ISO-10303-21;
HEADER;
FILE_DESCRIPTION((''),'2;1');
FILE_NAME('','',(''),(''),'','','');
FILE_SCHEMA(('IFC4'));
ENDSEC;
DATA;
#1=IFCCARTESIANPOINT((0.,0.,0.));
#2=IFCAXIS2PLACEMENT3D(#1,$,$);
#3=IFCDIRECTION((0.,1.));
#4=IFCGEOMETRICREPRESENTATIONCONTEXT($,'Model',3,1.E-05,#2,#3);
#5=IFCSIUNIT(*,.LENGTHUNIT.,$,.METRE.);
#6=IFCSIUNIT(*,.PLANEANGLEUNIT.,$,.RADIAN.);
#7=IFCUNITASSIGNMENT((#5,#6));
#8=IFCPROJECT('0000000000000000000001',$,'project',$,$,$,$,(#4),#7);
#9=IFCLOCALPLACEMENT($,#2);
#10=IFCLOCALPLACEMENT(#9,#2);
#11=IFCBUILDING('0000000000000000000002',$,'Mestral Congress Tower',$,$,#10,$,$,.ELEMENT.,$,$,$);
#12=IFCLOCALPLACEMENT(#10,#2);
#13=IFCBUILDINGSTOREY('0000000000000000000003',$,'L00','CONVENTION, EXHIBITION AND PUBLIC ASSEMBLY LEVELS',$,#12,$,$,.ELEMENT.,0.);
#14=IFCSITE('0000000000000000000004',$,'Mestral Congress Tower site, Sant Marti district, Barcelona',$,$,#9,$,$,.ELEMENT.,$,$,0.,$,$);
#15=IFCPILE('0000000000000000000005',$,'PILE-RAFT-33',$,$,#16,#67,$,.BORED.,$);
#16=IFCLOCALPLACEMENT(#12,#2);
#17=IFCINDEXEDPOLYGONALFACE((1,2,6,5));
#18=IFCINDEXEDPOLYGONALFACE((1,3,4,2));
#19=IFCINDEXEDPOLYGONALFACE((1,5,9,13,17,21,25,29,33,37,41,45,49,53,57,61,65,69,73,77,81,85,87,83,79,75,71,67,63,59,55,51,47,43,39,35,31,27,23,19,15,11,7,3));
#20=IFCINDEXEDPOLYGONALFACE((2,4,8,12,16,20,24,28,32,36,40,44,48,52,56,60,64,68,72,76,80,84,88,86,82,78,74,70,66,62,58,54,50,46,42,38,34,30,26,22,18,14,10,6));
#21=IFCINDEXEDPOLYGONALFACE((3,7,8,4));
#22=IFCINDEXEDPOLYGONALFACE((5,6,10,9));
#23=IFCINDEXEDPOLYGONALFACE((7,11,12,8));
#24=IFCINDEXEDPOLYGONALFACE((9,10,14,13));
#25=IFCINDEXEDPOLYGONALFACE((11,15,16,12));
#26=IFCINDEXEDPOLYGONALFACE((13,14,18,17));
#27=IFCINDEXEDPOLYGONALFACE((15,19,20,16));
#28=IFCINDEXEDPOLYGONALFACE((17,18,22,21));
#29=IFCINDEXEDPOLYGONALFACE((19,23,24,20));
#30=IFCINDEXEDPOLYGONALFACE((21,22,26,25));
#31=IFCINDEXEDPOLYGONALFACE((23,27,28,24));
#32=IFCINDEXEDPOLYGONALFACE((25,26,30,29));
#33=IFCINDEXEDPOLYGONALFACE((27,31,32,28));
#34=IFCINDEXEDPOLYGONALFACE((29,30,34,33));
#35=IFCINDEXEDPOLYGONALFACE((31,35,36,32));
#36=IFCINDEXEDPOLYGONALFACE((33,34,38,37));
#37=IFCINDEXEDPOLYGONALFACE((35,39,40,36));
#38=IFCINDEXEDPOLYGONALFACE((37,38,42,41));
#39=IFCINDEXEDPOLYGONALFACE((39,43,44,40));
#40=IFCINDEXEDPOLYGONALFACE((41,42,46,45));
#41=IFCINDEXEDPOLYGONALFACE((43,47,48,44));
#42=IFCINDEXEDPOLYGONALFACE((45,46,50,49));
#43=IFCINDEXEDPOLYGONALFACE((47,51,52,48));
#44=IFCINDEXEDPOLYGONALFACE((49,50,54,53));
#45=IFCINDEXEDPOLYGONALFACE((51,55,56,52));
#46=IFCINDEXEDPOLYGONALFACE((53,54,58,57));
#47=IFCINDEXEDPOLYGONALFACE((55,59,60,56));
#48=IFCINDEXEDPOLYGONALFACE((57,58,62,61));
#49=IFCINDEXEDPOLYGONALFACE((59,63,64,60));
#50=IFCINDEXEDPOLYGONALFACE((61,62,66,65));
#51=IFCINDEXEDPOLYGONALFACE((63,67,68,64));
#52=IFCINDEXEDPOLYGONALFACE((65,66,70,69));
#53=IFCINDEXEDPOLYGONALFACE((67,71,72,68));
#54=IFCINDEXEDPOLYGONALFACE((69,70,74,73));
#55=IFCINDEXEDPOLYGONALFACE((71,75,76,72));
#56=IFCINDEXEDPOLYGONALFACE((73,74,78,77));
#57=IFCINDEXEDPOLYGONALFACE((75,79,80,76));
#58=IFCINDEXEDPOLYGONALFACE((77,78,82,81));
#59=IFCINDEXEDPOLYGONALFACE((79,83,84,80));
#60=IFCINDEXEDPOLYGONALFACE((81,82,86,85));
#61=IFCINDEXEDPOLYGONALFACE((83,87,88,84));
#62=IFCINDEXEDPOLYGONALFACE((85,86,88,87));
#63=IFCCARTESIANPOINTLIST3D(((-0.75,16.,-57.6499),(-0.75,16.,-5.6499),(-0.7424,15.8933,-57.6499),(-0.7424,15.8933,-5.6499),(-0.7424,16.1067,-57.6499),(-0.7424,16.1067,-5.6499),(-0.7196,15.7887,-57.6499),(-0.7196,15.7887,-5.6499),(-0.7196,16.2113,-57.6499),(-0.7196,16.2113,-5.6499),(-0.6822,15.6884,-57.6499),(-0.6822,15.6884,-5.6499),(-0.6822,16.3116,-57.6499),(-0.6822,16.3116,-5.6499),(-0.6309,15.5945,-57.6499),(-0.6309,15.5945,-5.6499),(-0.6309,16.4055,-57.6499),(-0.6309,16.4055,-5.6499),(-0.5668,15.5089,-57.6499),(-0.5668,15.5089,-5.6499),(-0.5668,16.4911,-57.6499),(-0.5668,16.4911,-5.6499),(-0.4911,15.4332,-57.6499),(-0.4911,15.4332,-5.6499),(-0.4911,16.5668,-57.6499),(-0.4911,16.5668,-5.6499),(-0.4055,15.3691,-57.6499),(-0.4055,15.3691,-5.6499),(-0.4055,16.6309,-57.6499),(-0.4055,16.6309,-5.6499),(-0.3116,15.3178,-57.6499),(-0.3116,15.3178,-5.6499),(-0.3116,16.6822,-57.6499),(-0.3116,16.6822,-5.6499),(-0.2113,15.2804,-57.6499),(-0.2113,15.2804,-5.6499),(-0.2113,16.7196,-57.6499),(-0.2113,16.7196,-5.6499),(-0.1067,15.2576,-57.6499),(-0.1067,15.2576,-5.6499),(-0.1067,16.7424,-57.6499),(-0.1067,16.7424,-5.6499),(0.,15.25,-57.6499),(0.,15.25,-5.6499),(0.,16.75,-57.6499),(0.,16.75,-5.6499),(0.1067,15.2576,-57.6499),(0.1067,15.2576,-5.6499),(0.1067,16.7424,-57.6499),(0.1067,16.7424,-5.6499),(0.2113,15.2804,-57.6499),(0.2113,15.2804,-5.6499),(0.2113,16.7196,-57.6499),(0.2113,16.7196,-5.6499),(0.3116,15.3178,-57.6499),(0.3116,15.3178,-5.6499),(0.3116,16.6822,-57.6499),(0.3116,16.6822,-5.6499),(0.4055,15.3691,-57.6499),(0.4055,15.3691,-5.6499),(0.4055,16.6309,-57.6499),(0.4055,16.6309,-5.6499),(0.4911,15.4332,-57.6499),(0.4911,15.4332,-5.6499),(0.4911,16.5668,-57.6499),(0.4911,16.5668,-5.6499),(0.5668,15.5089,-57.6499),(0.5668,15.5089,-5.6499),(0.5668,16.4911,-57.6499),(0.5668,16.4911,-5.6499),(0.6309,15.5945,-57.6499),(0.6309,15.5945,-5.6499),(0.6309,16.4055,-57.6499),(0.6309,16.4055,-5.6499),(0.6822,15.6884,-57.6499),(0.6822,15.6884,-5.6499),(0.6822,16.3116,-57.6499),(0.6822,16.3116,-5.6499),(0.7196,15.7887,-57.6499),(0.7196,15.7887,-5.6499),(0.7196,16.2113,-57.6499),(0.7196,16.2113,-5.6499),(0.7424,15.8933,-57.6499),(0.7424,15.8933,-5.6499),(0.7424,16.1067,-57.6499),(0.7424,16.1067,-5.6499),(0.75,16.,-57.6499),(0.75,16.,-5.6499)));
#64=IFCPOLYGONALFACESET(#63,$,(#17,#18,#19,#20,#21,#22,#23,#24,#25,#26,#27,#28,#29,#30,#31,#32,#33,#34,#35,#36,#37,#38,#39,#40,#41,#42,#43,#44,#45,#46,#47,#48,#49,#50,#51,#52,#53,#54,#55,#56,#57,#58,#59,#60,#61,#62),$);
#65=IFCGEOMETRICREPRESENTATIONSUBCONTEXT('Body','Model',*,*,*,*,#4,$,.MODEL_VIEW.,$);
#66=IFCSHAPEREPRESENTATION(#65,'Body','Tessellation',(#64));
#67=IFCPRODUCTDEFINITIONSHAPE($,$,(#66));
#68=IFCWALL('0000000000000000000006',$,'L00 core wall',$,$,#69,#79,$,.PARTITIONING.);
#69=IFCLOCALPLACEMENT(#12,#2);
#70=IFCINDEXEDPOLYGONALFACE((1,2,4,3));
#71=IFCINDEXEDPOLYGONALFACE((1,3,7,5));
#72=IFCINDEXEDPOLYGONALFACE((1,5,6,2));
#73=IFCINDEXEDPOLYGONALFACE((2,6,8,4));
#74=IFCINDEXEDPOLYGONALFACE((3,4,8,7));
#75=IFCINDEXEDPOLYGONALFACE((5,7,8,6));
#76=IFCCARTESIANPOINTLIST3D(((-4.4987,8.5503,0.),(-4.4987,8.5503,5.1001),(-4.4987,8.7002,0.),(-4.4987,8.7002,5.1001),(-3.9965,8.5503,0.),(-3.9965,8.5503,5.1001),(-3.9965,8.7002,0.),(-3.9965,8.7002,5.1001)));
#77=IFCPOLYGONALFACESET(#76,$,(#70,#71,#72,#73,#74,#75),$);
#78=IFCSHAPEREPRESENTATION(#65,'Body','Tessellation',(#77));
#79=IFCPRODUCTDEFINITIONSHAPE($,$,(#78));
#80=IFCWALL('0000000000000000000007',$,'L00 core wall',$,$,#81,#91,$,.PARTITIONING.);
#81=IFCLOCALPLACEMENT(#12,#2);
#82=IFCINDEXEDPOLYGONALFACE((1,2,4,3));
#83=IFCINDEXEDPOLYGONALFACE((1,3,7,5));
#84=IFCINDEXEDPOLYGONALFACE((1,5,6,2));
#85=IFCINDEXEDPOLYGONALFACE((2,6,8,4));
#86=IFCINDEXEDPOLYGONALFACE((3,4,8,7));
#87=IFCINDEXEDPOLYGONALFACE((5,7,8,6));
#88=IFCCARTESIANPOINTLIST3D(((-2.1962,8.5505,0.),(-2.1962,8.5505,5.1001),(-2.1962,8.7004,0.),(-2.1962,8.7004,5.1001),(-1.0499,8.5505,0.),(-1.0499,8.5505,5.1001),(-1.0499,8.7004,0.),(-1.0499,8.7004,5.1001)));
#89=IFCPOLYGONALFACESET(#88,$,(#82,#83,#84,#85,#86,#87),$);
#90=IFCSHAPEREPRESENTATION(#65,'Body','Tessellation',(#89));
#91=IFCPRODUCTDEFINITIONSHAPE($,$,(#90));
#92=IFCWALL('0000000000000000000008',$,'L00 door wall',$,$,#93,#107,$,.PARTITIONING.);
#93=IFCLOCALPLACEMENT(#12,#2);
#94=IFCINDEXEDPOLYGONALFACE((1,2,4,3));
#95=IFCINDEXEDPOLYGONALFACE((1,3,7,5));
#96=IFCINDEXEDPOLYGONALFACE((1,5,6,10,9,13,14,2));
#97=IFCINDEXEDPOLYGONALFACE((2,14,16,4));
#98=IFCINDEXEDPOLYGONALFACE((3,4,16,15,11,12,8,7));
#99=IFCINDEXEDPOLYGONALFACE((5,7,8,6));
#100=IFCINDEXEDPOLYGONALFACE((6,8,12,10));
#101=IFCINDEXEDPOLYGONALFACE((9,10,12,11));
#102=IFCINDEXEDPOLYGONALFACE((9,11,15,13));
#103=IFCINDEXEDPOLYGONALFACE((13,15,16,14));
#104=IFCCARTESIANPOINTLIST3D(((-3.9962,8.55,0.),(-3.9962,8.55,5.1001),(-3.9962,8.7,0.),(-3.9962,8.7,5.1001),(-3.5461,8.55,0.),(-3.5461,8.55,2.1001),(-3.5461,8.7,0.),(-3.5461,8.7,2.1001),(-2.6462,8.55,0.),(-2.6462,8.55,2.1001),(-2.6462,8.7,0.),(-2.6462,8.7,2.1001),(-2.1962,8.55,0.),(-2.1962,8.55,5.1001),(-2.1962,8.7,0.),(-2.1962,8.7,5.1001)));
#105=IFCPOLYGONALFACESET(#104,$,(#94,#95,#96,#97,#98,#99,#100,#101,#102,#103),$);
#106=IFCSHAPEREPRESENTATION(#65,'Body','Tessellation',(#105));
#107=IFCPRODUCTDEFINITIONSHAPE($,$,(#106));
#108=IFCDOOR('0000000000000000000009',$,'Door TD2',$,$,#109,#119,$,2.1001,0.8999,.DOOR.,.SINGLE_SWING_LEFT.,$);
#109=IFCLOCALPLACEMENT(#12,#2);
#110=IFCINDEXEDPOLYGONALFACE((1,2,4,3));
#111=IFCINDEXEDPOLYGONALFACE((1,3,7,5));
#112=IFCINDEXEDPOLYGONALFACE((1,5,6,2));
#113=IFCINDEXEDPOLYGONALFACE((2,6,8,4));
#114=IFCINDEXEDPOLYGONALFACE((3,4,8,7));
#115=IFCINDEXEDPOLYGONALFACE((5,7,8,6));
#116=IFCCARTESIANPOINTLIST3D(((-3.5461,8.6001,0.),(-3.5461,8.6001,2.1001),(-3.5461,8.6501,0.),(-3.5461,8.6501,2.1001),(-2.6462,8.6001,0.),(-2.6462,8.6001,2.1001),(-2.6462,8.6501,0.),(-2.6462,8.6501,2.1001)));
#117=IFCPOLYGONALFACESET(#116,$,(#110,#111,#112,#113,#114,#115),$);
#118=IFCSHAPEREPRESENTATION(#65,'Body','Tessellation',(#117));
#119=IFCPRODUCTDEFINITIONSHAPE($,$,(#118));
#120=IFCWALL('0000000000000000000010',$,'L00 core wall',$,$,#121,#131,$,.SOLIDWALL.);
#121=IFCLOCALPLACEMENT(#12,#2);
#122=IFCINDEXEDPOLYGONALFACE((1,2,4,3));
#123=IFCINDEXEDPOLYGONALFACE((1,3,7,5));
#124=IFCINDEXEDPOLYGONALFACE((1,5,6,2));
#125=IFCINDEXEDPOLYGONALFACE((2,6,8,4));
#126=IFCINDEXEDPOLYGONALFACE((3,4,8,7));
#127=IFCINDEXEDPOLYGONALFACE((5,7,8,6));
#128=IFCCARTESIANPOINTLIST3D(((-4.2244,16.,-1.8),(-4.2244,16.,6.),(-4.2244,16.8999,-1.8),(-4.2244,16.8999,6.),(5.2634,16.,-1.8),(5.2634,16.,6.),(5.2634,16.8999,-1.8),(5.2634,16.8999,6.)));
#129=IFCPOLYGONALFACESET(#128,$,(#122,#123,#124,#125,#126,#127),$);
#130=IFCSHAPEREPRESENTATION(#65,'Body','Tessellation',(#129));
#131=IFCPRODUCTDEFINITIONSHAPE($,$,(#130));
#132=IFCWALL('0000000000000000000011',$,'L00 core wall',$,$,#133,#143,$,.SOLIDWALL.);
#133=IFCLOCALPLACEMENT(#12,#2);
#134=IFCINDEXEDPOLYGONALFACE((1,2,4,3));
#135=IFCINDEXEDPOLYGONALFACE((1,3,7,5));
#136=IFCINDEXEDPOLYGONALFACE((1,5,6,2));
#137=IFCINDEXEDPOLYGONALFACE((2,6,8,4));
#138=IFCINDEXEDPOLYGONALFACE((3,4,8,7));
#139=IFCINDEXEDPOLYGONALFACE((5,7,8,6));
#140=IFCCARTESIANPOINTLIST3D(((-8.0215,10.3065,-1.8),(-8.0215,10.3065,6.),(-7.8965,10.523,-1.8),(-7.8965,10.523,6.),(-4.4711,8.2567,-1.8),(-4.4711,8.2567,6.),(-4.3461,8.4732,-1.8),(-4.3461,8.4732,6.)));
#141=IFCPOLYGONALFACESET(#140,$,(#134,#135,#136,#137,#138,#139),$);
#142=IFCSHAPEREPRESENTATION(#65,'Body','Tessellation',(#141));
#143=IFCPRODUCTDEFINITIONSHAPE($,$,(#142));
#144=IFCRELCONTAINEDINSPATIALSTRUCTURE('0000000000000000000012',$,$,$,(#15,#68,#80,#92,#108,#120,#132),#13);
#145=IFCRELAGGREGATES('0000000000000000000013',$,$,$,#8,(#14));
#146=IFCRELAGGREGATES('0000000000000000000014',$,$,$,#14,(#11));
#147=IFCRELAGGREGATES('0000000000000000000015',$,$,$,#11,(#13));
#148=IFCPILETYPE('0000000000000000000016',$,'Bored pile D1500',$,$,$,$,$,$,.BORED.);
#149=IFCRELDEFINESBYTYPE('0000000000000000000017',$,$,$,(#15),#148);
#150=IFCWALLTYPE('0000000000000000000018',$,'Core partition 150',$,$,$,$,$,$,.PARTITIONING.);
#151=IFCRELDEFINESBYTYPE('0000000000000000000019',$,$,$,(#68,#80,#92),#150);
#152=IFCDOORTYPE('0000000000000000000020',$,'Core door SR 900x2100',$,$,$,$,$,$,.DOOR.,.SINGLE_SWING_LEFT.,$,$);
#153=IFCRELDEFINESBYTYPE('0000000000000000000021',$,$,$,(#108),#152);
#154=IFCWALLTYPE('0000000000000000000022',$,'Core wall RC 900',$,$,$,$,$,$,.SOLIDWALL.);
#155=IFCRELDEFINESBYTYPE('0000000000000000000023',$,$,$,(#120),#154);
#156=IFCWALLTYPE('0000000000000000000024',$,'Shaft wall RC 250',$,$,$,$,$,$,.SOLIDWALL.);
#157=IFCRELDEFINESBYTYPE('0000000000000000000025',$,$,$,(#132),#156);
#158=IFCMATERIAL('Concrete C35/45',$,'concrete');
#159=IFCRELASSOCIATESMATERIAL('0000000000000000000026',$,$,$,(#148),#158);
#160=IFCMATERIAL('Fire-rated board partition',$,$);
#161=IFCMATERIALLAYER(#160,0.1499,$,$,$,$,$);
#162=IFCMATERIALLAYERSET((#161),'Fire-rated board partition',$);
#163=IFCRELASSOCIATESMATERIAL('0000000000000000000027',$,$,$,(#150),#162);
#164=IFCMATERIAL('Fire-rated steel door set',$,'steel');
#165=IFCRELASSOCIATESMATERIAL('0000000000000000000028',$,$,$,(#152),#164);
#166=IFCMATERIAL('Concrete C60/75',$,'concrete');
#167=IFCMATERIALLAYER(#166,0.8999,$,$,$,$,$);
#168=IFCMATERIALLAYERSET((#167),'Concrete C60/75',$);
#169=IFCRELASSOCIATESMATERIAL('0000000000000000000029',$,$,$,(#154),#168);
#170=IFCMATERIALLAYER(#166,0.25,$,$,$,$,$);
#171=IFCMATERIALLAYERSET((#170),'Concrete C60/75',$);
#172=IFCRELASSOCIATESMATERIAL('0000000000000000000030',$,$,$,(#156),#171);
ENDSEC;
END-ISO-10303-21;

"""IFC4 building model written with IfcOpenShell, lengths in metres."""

from ifc_helpers import new_model, si_unit, direction, frame, frame_2d, origin, origin_2d, place, context, subcontext, project, spatial, rectangle, circle, extrude, material, layer, layer_set, material_profile, profile_set, type_object, element, fill, save


model = new_model("IFC4")

# Units and contexts
model_context = context("Model", 3, precision=1e-05, world=origin(), true_north=direction((0.0, 1.0)))
body_context = subcontext(model_context, "Body", "Model", "MODEL_VIEW")
ifc_project = project(units=[si_unit("LENGTHUNIT", "METRE"), si_unit("PLANEANGLEUNIT", "RADIAN")], contexts=[model_context])

# Site, building, storey
site_placement = place(None, origin())
site = spatial("IfcSite", under=ifc_project, at=site_placement, Name="Mestral Congress Tower site, Sant Marti district, Barcelona", CompositionType="ELEMENT", RefElevation=0.0)
building_placement = place(site_placement, origin())
building = spatial("IfcBuilding", under=site, at=building_placement, Name="Mestral Congress Tower", CompositionType="ELEMENT")
storey_placement = place(building_placement, origin())
storey = spatial("IfcBuildingStorey", under=building, at=storey_placement, Name="L00", Description="CONVENTION, EXHIBITION AND PUBLIC ASSEMBLY LEVELS", CompositionType="ELEMENT", Elevation=0.0)

# Pile
ifc_material_1 = material(Name="Concrete C35/45", Category="concrete")
ifc_material_profile = material_profile(ifc_material_1, circle(Radius=0.75, at=origin_2d()), Name="D1500")
ifc_profile_set = profile_set([ifc_material_profile], Name="Concrete C35/45")
pile_type = type_object("IfcPileType", Name="Bored pile D1500", PredefinedType="BORED", material=ifc_profile_set)
for number, where, z_axis, x_axis, name in (
    (1, (0.0, 16.0, -5.6499), (0.0, 0.0, -1.0), (1.0, 0.0, 0.0), "PILE-RAFT-33"),
):
    element("IfcPile", number, at=place(storey_placement, frame(where, z_axis=z_axis, x_axis=x_axis)), inside=storey, type_object=pile_type, Name=name, PredefinedType="BORED", context=body_context, shape_type="SweptSolid", body=[
        extrude(circle(Radius=0.75, at=origin_2d()), origin(), (0.0, 0.0, 1.0), 52.0),
    ])

# Walls
ifc_material_2 = material(Name="Fire-rated board partition")
ifc_layer_1 = layer(ifc_material_2, 0.1499)
ifc_layer_set_1 = layer_set([ifc_layer_1], Name="Fire-rated board partition")
wall_type_1 = type_object("IfcWallType", Name="Core partition 150", PredefinedType="PARTITIONING", material=ifc_layer_set_1)
wall_1_placement = place(storey_placement, frame((-3.9966, 8.6252, 0.0), z_axis=(0.0, 0.0, 1.0), x_axis=(-1.0, 0.0, 0.0)))
element("IfcWall", 2, at=wall_1_placement, inside=storey, type_object=wall_type_1, Name="L00 core wall", PredefinedType="PARTITIONING", context=body_context, shape_type="SweptSolid", body=[
    extrude(rectangle(XDim=0.5022, YDim=0.1499, at=frame_2d((0.251, 0.0))), origin(), (0.0, 0.0, 1.0), 5.1001),
])
wall_2_placement = place(storey_placement, frame((-2.1963, 8.6255, 0.0), z_axis=(0.0, 0.0, 1.0), x_axis=(1.0, 0.0, 0.0)))
element("IfcWall", 3, at=wall_2_placement, inside=storey, type_object=wall_type_1, Name="L00 core wall", PredefinedType="PARTITIONING", context=body_context, shape_type="SweptSolid", body=[
    extrude(rectangle(XDim=1.1462, YDim=0.1499, at=frame_2d((0.5732, 0.0))), origin(), (0.0, 0.0, 1.0), 5.1001),
])

# Wall, opening, door
wall_3_placement = place(storey_placement, frame((-2.1963, 8.625, 0.0), z_axis=(0.0, 0.0, 1.0), x_axis=(-1.0, 0.0, 0.0)))
wall_3 = element("IfcWall", 4, at=wall_3_placement, inside=storey, type_object=wall_type_1, Name="L00 door wall", PredefinedType="PARTITIONING", context=body_context, shape_type="SweptSolid", body=[
    extrude(rectangle(XDim=1.8, YDim=0.1499, at=frame_2d((0.8999, 0.0))), origin(), (0.0, 0.0, 1.0), 5.1001),
])
opening_1_placement = place(wall_3_placement, frame((0.45, 0.0, 0.0)))
opening_1 = element("IfcOpeningElement", 5, at=opening_1_placement, cuts=wall_3, PredefinedType="OPENING", context=body_context, shape_type="SweptSolid", body=[
    extrude(rectangle(XDim=0.8999, YDim=2.1001, at=frame_2d((0.45, 1.05))), frame((0.0, 0.085, 0.0), z_axis=(0.0, -1.0, 0.0), x_axis=(1.0, 0.0, 0.0)), (0.0, 0.0, 1.0), 0.1699),
])
ifc_material_3 = material(Name="Fire-rated steel door set", Category="steel")
door_type_1 = type_object("IfcDoorType", Name="Core door SR 900x2100", OperationType="SINGLE_SWING_LEFT", PredefinedType="DOOR", material=ifc_material_3)
door_1_placement = place(opening_1_placement, origin())
door_1 = element("IfcDoor", 6, at=door_1_placement, inside=storey, type_object=door_type_1, Name="Door TD2", OperationType="SINGLE_SWING_LEFT", OverallHeight=2.1001, OverallWidth=0.8999, PredefinedType="DOOR", context=body_context, shape_type="SweptSolid", body=[
    extrude(rectangle(XDim=0.8999, YDim=2.1001, at=frame_2d((0.45, 1.05))), frame((0.0, 0.0249, 0.0), z_axis=(0.0, -1.0, 0.0), x_axis=(1.0, 0.0, 0.0)), (0.0, 0.0, 1.0), 0.05),
])
fill(opening_1, door_1)

# Walls
ifc_material_4 = material(Name="Concrete C60/75", Category="concrete")
ifc_layer_2 = layer(ifc_material_4, 0.8999)
ifc_layer_set_2 = layer_set([ifc_layer_2], Name="Concrete C60/75")
wall_type_2 = type_object("IfcWallType", Name="Core wall RC 900", PredefinedType="SOLIDWALL", material=ifc_layer_set_2)
wall_4_placement = place(storey_placement, frame((-4.2244, 16.45, -1.8), z_axis=(0.0, 0.0, 1.0), x_axis=(1.0, 0.0, 0.0)))
element("IfcWall", 7, at=wall_4_placement, inside=storey, type_object=wall_type_2, Name="L00 core wall", PredefinedType="SOLIDWALL", context=body_context, shape_type="SweptSolid", body=[
    extrude(rectangle(XDim=9.4878, YDim=0.8999, at=frame_2d((4.7439, 0.0))), origin(), (0.0, 0.0, 1.0), 7.8),
])
ifc_layer_3 = layer(ifc_material_4, 0.25)
ifc_layer_set_3 = layer_set([ifc_layer_3], Name="Concrete C60/75")
wall_type_3 = type_object("IfcWallType", Name="Shaft wall RC 250", PredefinedType="SOLIDWALL", material=ifc_layer_set_3)
wall_5_placement = place(storey_placement, frame((-7.959, 10.4148, -1.8), z_axis=(0.0, 0.0, 1.0), x_axis=(0.866021, -0.500008, 0.0)))
element("IfcWall", 8, at=wall_5_placement, inside=storey, type_object=wall_type_3, Name="L00 core wall", PredefinedType="SOLIDWALL", context=body_context, shape_type="SweptSolid", body=[
    extrude(rectangle(XDim=4.0996, YDim=0.25, at=frame_2d((2.0498, 0.0))), origin(), (0.0, 0.0, 1.0), 7.8),
])

save(model, "model.ifc")
